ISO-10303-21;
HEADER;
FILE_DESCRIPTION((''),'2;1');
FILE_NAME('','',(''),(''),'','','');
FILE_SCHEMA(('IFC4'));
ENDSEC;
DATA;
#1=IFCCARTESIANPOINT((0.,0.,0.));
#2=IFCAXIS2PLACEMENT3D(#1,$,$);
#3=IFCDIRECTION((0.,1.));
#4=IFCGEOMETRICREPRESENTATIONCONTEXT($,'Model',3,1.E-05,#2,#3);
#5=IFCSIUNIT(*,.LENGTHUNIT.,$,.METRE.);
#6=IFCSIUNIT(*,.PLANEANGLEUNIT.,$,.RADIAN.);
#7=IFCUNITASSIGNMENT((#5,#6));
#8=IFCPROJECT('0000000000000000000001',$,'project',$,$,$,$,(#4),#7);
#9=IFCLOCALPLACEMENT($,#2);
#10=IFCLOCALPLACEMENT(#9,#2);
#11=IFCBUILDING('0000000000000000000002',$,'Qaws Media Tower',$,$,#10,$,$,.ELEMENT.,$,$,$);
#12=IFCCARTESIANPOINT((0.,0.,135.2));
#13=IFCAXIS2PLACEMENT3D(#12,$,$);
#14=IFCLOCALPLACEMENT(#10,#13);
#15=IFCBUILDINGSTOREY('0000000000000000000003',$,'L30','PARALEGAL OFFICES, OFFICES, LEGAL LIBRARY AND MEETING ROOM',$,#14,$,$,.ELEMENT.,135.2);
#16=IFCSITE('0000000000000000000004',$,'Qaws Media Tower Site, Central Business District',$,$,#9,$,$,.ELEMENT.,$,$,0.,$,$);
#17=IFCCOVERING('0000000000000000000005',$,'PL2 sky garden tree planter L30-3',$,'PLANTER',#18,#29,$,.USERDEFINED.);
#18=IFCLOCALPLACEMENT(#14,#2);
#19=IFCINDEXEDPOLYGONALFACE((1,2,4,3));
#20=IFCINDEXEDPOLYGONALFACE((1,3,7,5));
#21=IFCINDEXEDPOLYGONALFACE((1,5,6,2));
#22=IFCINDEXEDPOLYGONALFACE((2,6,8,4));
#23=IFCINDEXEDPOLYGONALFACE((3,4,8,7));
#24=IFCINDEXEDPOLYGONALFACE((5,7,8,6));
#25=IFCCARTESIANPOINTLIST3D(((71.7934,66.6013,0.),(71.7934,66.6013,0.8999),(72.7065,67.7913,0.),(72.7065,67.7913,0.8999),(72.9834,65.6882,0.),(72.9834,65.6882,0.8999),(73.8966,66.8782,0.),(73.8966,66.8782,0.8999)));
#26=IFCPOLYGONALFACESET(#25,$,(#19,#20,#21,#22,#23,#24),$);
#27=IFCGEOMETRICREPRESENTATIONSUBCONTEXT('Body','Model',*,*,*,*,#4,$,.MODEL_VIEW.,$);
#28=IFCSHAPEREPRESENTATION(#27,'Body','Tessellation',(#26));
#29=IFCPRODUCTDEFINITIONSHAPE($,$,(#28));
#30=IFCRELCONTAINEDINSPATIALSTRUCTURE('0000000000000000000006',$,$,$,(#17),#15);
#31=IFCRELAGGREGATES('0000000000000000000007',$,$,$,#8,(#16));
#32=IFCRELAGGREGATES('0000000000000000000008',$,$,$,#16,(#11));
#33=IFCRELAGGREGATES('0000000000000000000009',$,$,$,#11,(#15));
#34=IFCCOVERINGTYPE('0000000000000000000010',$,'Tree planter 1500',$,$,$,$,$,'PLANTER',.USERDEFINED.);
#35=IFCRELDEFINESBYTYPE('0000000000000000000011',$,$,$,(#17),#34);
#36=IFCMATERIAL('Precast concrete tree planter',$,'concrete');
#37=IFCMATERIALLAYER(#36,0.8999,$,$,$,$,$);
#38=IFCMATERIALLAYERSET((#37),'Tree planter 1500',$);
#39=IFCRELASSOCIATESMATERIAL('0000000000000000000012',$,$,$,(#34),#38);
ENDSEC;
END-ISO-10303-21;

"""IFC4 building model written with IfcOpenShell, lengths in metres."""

from ifc_helpers import new_model, si_unit, direction, frame, origin, origin_2d, place, context, subcontext, project, spatial, rectangle, extrude, material, layer, layer_set, type_object, element, save


model = new_model("IFC4")

# Units and contexts
model_context = context("Model", 3, precision=1e-05, world=origin(), true_north=direction((0.0, 1.0)))
body_context = subcontext(model_context, "Body", "Model", "MODEL_VIEW")
ifc_project = project(units=[si_unit("LENGTHUNIT", "METRE"), si_unit("PLANEANGLEUNIT", "RADIAN")], contexts=[model_context])

# Site, building, storey
site_placement = place(None, origin())
site = spatial("IfcSite", under=ifc_project, at=site_placement, Name="Qaws Media Tower Site, Central Business District", CompositionType="ELEMENT", RefElevation=0.0)
building_placement = place(site_placement, origin())
building = spatial("IfcBuilding", under=site, at=building_placement, Name="Qaws Media Tower", CompositionType="ELEMENT")
storey_placement = place(building_placement, frame((0.0, 0.0, 135.2)))
storey = spatial("IfcBuildingStorey", under=building, at=storey_placement, Name="L30", Description="PARALEGAL OFFICES, OFFICES, LEGAL LIBRARY AND MEETING ROOM", CompositionType="ELEMENT", Elevation=135.2)

# Covering
ifc_material_1 = material(Name="Precast concrete tree planter", Category="concrete")
ifc_layer_1 = layer(ifc_material_1, 0.8999)
ifc_layer_set_1 = layer_set([ifc_layer_1], Name="Tree planter 1500")
covering_type = type_object("IfcCoveringType", Name="Tree planter 1500", ElementType="PLANTER", PredefinedType="USERDEFINED", material=ifc_layer_set_1)
for number, where, z_axis, x_axis, name in (
    (1, (72.845, 66.7397, 0.0), (0.0, 0.0, 1.0), (0.608761, 0.793353, 0.0), "PL2 sky garden tree planter L30-3"),
):
    element("IfcCovering", number, at=place(storey_placement, frame(where, z_axis=z_axis, x_axis=x_axis)), inside=storey, type_object=covering_type, Name=name, ObjectType="PLANTER", PredefinedType="USERDEFINED", context=body_context, shape_type="SweptSolid", body=[
        extrude(rectangle(XDim=1.5, YDim=1.5, at=origin_2d()), origin(), (0.0, 0.0, 1.0), 0.8999),
    ])

save(model, "model.ifc")
